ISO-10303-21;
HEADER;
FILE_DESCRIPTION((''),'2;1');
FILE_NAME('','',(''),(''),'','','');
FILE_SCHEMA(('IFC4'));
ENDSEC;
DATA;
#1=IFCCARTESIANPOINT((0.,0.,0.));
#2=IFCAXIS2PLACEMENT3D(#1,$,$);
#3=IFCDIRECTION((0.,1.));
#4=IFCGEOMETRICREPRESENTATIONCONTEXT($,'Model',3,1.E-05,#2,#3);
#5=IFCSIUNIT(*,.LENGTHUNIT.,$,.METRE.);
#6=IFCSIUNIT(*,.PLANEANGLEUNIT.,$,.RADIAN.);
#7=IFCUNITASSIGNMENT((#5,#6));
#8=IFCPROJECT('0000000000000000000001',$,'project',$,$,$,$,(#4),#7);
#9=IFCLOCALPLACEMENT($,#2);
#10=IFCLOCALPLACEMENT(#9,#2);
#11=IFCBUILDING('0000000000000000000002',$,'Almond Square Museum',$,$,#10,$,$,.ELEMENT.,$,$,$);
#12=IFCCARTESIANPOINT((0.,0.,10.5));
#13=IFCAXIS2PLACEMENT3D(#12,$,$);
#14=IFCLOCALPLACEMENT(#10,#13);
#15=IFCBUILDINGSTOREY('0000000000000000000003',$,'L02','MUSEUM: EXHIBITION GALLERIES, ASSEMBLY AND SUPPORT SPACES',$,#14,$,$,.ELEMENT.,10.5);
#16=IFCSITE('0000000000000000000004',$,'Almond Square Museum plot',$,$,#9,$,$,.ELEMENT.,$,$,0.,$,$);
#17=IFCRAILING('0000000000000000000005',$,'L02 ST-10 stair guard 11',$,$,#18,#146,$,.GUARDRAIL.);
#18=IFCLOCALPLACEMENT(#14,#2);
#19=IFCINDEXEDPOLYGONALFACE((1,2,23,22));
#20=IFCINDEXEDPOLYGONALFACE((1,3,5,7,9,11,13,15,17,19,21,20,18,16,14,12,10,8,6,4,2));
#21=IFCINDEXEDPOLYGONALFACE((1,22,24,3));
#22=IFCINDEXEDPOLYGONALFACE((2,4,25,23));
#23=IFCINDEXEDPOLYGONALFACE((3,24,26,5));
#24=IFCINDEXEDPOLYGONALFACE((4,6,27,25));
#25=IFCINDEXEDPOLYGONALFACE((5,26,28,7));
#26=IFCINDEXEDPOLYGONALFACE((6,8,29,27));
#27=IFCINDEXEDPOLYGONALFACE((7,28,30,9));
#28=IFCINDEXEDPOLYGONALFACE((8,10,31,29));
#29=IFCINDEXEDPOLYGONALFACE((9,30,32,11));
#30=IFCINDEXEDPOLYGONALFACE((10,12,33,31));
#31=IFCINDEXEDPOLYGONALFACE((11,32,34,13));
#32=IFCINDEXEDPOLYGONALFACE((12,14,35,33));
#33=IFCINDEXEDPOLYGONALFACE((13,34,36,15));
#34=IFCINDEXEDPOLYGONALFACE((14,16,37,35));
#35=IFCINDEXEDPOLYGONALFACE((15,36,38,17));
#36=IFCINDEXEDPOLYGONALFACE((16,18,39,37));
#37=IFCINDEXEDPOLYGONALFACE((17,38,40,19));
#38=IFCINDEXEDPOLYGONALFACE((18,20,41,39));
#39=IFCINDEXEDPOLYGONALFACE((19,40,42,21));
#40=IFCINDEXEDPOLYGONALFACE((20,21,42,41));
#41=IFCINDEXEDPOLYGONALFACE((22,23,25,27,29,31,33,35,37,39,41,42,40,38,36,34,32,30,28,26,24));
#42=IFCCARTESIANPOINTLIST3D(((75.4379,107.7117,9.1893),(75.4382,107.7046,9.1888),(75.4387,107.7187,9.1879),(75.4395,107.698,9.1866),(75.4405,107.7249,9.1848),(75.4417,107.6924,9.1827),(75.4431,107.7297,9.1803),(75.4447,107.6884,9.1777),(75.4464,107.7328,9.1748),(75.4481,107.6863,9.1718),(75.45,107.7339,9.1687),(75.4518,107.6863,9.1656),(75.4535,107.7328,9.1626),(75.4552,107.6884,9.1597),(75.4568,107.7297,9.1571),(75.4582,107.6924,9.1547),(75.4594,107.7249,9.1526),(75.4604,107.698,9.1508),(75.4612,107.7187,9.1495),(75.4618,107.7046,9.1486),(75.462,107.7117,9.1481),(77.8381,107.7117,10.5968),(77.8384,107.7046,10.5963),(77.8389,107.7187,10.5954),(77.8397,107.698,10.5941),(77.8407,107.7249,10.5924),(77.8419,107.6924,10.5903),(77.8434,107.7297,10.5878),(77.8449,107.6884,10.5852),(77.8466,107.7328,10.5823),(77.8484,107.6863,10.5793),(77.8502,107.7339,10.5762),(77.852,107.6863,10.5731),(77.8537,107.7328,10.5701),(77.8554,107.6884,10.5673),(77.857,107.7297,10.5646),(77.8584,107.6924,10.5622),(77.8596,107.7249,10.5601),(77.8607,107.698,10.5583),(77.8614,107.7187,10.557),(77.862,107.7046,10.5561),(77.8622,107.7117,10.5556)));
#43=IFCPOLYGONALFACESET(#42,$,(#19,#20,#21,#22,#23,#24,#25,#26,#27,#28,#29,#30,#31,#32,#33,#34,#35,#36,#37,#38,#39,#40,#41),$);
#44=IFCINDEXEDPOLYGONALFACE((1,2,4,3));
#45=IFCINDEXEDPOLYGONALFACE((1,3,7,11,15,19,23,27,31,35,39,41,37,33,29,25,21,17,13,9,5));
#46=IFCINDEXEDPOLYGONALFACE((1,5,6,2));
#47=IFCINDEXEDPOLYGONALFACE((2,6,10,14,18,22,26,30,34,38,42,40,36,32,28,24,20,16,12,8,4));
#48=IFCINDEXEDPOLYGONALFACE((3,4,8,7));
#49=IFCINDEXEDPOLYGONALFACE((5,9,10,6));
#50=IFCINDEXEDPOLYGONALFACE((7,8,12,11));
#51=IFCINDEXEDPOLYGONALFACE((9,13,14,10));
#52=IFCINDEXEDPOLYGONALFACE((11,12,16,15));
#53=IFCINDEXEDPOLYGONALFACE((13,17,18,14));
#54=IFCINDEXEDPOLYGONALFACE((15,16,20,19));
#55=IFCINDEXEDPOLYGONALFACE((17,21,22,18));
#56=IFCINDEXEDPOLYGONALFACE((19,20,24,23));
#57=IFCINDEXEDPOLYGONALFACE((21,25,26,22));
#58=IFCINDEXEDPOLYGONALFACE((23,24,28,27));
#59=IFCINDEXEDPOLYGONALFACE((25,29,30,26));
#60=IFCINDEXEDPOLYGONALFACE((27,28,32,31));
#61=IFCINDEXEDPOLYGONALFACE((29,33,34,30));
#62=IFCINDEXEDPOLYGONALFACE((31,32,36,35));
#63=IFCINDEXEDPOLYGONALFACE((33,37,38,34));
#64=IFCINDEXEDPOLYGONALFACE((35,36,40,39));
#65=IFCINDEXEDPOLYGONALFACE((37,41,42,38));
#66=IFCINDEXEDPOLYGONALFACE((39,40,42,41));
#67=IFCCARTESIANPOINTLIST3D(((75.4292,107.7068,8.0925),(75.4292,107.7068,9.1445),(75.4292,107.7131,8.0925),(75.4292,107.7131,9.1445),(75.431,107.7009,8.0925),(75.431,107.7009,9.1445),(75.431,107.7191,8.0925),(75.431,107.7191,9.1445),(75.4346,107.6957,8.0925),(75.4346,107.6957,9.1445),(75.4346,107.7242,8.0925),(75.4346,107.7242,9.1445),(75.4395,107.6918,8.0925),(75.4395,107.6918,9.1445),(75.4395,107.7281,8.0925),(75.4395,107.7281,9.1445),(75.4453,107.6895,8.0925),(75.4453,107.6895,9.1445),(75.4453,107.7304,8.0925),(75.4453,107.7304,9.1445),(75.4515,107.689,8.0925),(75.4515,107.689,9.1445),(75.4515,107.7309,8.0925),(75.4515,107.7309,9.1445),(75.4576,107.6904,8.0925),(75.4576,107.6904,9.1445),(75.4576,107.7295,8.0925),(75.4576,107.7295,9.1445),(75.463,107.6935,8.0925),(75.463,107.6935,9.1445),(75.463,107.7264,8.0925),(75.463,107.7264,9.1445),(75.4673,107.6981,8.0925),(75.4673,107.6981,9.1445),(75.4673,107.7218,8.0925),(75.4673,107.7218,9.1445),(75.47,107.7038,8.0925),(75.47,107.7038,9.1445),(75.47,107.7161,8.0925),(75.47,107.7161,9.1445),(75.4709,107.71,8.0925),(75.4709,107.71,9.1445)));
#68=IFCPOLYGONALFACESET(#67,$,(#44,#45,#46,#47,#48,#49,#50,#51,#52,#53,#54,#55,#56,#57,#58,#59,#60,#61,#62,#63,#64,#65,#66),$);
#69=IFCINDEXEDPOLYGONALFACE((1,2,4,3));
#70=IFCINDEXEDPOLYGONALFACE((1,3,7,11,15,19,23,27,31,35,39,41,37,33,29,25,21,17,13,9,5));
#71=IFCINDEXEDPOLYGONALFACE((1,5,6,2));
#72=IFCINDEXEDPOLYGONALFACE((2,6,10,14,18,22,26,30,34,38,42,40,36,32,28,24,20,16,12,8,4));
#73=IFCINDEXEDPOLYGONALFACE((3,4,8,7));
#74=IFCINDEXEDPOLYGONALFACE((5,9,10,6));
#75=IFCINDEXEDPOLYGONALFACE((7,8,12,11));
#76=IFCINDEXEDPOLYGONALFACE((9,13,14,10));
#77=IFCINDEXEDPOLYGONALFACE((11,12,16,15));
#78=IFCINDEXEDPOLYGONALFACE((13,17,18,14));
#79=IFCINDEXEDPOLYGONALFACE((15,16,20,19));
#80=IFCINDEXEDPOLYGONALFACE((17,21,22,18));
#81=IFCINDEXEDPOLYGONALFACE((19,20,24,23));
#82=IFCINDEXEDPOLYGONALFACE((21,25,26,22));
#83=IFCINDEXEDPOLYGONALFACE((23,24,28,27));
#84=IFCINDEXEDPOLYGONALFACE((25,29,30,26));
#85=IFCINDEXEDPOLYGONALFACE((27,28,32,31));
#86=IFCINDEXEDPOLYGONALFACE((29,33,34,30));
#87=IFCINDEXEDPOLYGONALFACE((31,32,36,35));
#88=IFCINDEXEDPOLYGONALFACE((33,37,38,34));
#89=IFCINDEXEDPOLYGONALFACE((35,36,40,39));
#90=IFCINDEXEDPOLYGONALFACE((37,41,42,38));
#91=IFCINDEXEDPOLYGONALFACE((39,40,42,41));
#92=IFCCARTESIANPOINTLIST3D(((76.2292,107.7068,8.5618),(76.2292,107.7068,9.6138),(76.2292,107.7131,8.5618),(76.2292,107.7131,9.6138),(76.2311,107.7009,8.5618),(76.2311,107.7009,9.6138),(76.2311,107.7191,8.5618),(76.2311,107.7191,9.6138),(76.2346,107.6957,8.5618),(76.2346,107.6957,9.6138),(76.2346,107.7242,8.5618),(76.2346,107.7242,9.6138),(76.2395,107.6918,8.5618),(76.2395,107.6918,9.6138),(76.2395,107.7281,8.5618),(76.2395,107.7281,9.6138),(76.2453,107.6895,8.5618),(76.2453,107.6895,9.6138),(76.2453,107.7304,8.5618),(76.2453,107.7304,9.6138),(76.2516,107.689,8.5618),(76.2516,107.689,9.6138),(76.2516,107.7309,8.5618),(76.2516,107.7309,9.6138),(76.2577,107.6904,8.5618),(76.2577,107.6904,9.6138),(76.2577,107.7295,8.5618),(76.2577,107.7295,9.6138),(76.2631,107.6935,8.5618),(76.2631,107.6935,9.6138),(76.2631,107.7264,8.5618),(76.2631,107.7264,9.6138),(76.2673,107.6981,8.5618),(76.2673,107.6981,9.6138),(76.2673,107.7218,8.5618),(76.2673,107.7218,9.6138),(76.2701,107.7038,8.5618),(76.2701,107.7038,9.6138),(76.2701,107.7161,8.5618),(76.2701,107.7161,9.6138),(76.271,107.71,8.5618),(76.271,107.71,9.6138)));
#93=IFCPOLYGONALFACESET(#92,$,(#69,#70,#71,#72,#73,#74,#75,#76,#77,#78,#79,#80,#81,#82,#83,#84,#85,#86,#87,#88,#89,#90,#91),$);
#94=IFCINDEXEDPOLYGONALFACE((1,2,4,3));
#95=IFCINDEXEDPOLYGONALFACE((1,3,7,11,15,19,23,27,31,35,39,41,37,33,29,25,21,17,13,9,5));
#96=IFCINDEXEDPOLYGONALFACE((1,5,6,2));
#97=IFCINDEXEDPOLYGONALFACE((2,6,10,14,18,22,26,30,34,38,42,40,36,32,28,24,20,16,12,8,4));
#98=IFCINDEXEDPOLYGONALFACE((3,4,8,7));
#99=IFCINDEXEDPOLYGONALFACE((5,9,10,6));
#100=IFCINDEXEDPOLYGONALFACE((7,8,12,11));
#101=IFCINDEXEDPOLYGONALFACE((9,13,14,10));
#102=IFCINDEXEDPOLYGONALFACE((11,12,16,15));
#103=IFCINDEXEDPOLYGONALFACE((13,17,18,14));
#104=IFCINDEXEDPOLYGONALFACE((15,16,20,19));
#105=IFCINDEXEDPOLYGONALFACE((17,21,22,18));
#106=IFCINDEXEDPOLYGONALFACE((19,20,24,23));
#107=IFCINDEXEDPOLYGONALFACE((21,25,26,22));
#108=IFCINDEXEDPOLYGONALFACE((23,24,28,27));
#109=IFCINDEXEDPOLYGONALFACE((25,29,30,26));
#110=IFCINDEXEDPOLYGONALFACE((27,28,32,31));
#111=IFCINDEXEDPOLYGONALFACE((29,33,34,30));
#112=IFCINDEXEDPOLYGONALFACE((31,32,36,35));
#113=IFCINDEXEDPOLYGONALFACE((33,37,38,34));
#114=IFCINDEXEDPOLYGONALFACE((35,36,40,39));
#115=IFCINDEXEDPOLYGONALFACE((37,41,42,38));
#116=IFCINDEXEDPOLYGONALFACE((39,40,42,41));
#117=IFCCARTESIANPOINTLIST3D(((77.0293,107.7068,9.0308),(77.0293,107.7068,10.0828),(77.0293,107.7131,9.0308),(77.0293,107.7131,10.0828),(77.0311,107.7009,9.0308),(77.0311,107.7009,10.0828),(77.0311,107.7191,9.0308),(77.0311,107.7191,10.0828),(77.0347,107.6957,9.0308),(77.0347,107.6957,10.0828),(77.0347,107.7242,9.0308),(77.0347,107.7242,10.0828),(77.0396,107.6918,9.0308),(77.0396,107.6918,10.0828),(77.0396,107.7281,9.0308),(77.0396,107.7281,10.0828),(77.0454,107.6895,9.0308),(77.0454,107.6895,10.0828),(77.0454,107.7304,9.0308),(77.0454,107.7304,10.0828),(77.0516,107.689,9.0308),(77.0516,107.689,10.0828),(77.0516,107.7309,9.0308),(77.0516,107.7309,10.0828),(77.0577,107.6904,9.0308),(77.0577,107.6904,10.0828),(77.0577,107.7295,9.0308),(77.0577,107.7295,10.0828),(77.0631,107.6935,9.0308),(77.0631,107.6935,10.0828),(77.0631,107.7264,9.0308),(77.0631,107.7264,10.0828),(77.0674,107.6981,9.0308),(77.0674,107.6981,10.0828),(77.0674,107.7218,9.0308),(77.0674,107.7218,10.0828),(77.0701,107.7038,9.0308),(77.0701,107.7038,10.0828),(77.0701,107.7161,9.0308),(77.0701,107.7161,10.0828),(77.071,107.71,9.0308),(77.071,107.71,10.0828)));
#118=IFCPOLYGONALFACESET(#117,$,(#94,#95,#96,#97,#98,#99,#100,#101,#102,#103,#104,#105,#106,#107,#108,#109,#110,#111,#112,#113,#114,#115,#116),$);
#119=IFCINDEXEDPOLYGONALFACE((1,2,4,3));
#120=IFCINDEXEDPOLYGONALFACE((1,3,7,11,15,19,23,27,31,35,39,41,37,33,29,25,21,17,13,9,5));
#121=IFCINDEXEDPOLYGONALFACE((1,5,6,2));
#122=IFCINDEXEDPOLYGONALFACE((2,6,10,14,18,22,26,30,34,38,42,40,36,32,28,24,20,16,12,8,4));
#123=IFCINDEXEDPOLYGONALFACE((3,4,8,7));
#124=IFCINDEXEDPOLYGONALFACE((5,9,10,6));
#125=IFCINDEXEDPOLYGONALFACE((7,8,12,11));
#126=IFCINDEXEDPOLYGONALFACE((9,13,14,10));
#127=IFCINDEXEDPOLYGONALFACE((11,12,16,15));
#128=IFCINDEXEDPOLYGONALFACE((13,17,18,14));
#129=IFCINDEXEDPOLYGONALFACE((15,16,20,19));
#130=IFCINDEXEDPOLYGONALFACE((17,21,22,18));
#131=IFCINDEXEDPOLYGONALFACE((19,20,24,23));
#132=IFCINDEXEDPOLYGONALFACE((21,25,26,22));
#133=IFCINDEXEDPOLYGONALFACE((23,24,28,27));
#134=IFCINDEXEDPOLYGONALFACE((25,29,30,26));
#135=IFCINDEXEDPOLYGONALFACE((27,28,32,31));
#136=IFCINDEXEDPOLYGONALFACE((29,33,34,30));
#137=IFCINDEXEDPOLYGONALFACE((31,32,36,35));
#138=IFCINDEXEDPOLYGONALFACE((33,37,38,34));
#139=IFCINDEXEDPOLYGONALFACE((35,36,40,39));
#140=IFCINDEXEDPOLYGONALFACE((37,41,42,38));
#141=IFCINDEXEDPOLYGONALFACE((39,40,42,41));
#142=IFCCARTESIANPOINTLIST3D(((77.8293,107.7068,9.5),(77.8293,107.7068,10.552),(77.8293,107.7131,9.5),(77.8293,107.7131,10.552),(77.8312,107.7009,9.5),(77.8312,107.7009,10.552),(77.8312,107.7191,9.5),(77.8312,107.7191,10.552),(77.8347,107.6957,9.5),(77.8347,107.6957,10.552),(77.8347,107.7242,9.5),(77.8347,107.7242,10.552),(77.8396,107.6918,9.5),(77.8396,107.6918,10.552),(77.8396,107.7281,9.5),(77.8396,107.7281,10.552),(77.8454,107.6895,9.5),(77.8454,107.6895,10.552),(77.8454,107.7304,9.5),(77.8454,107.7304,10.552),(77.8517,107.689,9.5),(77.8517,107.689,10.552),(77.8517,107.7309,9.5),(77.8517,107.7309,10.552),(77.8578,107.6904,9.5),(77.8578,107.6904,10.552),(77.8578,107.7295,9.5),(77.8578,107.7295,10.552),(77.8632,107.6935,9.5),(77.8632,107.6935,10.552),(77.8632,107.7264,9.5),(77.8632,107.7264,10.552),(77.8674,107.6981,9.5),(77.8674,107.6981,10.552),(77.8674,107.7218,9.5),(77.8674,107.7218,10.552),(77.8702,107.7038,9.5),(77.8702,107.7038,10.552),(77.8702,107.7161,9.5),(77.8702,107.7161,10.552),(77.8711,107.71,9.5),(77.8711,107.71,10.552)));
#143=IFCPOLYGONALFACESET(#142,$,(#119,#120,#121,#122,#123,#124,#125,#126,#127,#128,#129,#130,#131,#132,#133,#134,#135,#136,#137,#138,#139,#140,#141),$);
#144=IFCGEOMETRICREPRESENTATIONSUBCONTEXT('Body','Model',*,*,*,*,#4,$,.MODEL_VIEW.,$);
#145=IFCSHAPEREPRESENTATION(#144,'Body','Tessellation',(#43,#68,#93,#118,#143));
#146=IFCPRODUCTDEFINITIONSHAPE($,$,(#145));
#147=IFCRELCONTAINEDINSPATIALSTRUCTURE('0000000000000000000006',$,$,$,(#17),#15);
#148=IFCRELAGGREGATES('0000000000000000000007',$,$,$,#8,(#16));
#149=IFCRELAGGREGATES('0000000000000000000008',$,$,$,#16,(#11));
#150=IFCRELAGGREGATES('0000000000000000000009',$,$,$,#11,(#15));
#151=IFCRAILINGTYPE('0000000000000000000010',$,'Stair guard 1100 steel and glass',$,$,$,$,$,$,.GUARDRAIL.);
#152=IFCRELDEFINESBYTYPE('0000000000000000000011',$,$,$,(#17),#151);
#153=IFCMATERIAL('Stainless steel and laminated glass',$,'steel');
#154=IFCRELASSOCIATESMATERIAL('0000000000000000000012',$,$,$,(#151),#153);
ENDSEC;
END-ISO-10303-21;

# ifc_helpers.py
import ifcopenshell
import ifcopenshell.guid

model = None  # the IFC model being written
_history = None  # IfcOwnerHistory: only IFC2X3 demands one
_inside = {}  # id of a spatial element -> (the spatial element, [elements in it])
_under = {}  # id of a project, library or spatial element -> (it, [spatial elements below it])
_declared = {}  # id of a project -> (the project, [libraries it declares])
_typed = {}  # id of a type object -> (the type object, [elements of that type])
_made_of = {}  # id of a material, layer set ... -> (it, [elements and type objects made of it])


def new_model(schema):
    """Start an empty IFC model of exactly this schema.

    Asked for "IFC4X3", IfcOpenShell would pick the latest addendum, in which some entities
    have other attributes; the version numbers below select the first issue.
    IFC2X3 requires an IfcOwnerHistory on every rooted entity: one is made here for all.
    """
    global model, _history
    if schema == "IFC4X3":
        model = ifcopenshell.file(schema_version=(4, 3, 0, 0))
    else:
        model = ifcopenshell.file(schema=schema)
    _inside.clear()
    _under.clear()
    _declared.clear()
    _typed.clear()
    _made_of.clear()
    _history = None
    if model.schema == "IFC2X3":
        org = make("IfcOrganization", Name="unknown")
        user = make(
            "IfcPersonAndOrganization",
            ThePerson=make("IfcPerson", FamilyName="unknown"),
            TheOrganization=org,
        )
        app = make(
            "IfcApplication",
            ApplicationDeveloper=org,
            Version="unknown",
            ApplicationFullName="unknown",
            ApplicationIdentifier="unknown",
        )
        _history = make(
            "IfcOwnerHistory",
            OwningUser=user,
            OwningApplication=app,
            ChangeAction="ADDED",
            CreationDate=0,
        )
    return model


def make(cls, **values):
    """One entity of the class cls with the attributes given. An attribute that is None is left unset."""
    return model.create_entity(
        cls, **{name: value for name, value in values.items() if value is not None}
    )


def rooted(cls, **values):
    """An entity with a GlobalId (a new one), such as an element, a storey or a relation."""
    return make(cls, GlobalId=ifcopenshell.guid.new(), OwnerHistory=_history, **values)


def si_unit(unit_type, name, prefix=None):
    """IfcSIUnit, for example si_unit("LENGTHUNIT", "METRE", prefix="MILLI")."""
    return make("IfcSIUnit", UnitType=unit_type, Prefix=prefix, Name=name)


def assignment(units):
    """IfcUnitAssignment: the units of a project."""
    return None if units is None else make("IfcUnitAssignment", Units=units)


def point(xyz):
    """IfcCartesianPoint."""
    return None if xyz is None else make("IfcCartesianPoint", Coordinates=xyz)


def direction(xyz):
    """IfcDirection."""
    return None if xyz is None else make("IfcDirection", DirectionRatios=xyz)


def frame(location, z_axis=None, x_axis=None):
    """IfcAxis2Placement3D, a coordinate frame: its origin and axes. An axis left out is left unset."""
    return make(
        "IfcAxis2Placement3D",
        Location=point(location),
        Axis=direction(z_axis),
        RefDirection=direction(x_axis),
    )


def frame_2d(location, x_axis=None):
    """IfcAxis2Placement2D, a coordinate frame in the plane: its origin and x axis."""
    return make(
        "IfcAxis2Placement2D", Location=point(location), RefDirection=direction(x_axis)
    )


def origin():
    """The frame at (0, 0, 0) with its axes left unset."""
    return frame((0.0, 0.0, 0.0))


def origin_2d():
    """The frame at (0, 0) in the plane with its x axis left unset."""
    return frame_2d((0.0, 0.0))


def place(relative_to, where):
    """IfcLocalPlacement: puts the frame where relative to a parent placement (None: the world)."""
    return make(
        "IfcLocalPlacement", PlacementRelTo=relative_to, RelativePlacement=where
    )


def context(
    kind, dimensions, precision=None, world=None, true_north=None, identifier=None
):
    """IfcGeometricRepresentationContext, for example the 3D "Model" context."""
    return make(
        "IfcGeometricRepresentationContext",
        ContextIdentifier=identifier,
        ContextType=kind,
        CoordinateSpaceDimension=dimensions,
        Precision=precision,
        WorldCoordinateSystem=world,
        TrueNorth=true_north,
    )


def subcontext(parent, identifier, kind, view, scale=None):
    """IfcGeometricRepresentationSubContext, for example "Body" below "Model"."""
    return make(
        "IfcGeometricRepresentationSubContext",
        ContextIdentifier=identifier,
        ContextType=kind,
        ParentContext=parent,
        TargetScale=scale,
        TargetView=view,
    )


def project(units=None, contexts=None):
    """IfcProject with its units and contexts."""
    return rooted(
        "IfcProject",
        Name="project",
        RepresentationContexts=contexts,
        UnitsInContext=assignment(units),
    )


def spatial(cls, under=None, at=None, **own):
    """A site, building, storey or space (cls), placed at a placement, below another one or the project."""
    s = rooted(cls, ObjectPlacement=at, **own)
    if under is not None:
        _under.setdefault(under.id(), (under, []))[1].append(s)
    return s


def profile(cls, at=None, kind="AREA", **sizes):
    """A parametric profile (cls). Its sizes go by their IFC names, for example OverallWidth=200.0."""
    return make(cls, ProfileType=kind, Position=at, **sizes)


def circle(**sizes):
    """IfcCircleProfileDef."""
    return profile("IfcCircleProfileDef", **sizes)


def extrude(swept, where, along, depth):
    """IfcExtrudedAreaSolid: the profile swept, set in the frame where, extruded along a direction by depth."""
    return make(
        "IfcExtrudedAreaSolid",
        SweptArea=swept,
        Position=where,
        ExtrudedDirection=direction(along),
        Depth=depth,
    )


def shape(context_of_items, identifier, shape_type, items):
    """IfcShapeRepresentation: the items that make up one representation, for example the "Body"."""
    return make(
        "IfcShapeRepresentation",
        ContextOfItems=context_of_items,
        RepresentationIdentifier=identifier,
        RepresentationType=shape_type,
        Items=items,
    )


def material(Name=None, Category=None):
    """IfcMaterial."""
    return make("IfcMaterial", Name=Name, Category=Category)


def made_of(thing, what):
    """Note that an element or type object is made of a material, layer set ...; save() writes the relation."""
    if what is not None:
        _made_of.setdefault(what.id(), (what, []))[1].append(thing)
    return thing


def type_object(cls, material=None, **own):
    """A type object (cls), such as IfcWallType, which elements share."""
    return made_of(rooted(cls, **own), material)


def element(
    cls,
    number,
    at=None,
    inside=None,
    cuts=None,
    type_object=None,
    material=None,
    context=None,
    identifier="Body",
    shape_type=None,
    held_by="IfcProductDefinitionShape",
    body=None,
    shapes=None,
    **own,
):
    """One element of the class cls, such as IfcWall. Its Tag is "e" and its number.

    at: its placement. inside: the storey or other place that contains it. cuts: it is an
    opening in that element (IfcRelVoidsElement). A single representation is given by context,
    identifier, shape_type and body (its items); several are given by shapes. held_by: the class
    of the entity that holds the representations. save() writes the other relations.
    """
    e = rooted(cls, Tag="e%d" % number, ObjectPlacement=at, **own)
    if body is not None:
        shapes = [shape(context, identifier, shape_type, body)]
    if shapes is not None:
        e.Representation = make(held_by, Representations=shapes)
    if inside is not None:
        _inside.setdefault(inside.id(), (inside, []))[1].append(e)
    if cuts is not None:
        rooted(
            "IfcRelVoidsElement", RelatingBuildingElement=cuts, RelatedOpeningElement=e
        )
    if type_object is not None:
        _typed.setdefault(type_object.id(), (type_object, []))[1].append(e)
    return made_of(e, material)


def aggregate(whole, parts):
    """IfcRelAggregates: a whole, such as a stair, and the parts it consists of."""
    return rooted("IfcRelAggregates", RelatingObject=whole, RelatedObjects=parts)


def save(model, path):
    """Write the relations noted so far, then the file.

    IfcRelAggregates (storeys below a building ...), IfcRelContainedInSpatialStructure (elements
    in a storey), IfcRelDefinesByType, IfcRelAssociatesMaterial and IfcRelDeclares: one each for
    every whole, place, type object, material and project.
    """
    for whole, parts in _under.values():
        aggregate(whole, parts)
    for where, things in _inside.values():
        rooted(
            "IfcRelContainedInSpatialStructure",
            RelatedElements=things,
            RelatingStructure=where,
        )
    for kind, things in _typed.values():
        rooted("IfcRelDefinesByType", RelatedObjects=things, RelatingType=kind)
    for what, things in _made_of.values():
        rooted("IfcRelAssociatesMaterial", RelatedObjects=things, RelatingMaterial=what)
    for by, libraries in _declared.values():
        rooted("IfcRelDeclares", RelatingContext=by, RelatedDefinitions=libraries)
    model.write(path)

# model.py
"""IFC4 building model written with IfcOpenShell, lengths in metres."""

from ifc_helpers import new_model, si_unit, direction, frame, origin, origin_2d, place, context, subcontext, project, spatial, circle, extrude, material, type_object, element, save


model = new_model("IFC4")

# Units and contexts
model_context = context("Model", 3, precision=1e-05, world=origin(), true_north=direction((0.0, 1.0)))
body_context = subcontext(model_context, "Body", "Model", "MODEL_VIEW")
ifc_project = project(units=[si_unit("LENGTHUNIT", "METRE"), si_unit("PLANEANGLEUNIT", "RADIAN")], contexts=[model_context])

# Site, building, storey
site_placement = place(None, origin())
site = spatial("IfcSite", under=ifc_project, at=site_placement, Name="Almond Square Museum plot", CompositionType="ELEMENT", RefElevation=0.0)
building_placement = place(site_placement, origin())
building = spatial("IfcBuilding", under=site, at=building_placement, Name="Almond Square Museum", CompositionType="ELEMENT")
storey_placement = place(building_placement, frame((0.0, 0.0, 10.5)))
storey = spatial("IfcBuildingStorey", under=building, at=storey_placement, Name="L02", Description="MUSEUM: EXHIBITION GALLERIES, ASSEMBLY AND SUPPORT SPACES", CompositionType="ELEMENT", Elevation=10.5)

# Railing
ifc_material_1 = material(Name="Stainless steel and laminated glass", Category="steel")
railing_type_1 = type_object("IfcRailingType", Name="Stair guard 1100 steel and glass", PredefinedType="GUARDRAIL", material=ifc_material_1)
railing_1_placement = place(storey_placement, frame((75.45, 107.71, 8.0925)))
element("IfcRailing", 1, at=railing_1_placement, inside=storey, type_object=railing_type_1, Name="L02 ST-10 stair guard 11", PredefinedType="GUARDRAIL", context=body_context, shape_type="SweptSolid", body=[
    extrude(circle(Radius=0.0239, at=origin_2d()), frame((0.0, 0.0, 1.0762), z_axis=(0.862621, 0.0, 0.50585), x_axis=(0.0, 1.0, 0.0)), (0.0, 0.0, 1.0), 2.7825),
    extrude(circle(Radius=0.021, at=origin_2d()), origin(), (0.0, 0.0, 1.0), 1.052),
    extrude(circle(Radius=0.021, at=origin_2d()), frame((0.8, 0.0, 0.4692)), (0.0, 0.0, 1.0), 1.052),
    extrude(circle(Radius=0.021, at=origin_2d()), frame((1.6001, 0.0, 0.9382)), (0.0, 0.0, 1.0), 1.052),
    extrude(circle(Radius=0.021, at=origin_2d()), frame((2.4001, 0.0, 1.4075)), (0.0, 0.0, 1.0), 1.052),
])

save(model, "model.ifc")
